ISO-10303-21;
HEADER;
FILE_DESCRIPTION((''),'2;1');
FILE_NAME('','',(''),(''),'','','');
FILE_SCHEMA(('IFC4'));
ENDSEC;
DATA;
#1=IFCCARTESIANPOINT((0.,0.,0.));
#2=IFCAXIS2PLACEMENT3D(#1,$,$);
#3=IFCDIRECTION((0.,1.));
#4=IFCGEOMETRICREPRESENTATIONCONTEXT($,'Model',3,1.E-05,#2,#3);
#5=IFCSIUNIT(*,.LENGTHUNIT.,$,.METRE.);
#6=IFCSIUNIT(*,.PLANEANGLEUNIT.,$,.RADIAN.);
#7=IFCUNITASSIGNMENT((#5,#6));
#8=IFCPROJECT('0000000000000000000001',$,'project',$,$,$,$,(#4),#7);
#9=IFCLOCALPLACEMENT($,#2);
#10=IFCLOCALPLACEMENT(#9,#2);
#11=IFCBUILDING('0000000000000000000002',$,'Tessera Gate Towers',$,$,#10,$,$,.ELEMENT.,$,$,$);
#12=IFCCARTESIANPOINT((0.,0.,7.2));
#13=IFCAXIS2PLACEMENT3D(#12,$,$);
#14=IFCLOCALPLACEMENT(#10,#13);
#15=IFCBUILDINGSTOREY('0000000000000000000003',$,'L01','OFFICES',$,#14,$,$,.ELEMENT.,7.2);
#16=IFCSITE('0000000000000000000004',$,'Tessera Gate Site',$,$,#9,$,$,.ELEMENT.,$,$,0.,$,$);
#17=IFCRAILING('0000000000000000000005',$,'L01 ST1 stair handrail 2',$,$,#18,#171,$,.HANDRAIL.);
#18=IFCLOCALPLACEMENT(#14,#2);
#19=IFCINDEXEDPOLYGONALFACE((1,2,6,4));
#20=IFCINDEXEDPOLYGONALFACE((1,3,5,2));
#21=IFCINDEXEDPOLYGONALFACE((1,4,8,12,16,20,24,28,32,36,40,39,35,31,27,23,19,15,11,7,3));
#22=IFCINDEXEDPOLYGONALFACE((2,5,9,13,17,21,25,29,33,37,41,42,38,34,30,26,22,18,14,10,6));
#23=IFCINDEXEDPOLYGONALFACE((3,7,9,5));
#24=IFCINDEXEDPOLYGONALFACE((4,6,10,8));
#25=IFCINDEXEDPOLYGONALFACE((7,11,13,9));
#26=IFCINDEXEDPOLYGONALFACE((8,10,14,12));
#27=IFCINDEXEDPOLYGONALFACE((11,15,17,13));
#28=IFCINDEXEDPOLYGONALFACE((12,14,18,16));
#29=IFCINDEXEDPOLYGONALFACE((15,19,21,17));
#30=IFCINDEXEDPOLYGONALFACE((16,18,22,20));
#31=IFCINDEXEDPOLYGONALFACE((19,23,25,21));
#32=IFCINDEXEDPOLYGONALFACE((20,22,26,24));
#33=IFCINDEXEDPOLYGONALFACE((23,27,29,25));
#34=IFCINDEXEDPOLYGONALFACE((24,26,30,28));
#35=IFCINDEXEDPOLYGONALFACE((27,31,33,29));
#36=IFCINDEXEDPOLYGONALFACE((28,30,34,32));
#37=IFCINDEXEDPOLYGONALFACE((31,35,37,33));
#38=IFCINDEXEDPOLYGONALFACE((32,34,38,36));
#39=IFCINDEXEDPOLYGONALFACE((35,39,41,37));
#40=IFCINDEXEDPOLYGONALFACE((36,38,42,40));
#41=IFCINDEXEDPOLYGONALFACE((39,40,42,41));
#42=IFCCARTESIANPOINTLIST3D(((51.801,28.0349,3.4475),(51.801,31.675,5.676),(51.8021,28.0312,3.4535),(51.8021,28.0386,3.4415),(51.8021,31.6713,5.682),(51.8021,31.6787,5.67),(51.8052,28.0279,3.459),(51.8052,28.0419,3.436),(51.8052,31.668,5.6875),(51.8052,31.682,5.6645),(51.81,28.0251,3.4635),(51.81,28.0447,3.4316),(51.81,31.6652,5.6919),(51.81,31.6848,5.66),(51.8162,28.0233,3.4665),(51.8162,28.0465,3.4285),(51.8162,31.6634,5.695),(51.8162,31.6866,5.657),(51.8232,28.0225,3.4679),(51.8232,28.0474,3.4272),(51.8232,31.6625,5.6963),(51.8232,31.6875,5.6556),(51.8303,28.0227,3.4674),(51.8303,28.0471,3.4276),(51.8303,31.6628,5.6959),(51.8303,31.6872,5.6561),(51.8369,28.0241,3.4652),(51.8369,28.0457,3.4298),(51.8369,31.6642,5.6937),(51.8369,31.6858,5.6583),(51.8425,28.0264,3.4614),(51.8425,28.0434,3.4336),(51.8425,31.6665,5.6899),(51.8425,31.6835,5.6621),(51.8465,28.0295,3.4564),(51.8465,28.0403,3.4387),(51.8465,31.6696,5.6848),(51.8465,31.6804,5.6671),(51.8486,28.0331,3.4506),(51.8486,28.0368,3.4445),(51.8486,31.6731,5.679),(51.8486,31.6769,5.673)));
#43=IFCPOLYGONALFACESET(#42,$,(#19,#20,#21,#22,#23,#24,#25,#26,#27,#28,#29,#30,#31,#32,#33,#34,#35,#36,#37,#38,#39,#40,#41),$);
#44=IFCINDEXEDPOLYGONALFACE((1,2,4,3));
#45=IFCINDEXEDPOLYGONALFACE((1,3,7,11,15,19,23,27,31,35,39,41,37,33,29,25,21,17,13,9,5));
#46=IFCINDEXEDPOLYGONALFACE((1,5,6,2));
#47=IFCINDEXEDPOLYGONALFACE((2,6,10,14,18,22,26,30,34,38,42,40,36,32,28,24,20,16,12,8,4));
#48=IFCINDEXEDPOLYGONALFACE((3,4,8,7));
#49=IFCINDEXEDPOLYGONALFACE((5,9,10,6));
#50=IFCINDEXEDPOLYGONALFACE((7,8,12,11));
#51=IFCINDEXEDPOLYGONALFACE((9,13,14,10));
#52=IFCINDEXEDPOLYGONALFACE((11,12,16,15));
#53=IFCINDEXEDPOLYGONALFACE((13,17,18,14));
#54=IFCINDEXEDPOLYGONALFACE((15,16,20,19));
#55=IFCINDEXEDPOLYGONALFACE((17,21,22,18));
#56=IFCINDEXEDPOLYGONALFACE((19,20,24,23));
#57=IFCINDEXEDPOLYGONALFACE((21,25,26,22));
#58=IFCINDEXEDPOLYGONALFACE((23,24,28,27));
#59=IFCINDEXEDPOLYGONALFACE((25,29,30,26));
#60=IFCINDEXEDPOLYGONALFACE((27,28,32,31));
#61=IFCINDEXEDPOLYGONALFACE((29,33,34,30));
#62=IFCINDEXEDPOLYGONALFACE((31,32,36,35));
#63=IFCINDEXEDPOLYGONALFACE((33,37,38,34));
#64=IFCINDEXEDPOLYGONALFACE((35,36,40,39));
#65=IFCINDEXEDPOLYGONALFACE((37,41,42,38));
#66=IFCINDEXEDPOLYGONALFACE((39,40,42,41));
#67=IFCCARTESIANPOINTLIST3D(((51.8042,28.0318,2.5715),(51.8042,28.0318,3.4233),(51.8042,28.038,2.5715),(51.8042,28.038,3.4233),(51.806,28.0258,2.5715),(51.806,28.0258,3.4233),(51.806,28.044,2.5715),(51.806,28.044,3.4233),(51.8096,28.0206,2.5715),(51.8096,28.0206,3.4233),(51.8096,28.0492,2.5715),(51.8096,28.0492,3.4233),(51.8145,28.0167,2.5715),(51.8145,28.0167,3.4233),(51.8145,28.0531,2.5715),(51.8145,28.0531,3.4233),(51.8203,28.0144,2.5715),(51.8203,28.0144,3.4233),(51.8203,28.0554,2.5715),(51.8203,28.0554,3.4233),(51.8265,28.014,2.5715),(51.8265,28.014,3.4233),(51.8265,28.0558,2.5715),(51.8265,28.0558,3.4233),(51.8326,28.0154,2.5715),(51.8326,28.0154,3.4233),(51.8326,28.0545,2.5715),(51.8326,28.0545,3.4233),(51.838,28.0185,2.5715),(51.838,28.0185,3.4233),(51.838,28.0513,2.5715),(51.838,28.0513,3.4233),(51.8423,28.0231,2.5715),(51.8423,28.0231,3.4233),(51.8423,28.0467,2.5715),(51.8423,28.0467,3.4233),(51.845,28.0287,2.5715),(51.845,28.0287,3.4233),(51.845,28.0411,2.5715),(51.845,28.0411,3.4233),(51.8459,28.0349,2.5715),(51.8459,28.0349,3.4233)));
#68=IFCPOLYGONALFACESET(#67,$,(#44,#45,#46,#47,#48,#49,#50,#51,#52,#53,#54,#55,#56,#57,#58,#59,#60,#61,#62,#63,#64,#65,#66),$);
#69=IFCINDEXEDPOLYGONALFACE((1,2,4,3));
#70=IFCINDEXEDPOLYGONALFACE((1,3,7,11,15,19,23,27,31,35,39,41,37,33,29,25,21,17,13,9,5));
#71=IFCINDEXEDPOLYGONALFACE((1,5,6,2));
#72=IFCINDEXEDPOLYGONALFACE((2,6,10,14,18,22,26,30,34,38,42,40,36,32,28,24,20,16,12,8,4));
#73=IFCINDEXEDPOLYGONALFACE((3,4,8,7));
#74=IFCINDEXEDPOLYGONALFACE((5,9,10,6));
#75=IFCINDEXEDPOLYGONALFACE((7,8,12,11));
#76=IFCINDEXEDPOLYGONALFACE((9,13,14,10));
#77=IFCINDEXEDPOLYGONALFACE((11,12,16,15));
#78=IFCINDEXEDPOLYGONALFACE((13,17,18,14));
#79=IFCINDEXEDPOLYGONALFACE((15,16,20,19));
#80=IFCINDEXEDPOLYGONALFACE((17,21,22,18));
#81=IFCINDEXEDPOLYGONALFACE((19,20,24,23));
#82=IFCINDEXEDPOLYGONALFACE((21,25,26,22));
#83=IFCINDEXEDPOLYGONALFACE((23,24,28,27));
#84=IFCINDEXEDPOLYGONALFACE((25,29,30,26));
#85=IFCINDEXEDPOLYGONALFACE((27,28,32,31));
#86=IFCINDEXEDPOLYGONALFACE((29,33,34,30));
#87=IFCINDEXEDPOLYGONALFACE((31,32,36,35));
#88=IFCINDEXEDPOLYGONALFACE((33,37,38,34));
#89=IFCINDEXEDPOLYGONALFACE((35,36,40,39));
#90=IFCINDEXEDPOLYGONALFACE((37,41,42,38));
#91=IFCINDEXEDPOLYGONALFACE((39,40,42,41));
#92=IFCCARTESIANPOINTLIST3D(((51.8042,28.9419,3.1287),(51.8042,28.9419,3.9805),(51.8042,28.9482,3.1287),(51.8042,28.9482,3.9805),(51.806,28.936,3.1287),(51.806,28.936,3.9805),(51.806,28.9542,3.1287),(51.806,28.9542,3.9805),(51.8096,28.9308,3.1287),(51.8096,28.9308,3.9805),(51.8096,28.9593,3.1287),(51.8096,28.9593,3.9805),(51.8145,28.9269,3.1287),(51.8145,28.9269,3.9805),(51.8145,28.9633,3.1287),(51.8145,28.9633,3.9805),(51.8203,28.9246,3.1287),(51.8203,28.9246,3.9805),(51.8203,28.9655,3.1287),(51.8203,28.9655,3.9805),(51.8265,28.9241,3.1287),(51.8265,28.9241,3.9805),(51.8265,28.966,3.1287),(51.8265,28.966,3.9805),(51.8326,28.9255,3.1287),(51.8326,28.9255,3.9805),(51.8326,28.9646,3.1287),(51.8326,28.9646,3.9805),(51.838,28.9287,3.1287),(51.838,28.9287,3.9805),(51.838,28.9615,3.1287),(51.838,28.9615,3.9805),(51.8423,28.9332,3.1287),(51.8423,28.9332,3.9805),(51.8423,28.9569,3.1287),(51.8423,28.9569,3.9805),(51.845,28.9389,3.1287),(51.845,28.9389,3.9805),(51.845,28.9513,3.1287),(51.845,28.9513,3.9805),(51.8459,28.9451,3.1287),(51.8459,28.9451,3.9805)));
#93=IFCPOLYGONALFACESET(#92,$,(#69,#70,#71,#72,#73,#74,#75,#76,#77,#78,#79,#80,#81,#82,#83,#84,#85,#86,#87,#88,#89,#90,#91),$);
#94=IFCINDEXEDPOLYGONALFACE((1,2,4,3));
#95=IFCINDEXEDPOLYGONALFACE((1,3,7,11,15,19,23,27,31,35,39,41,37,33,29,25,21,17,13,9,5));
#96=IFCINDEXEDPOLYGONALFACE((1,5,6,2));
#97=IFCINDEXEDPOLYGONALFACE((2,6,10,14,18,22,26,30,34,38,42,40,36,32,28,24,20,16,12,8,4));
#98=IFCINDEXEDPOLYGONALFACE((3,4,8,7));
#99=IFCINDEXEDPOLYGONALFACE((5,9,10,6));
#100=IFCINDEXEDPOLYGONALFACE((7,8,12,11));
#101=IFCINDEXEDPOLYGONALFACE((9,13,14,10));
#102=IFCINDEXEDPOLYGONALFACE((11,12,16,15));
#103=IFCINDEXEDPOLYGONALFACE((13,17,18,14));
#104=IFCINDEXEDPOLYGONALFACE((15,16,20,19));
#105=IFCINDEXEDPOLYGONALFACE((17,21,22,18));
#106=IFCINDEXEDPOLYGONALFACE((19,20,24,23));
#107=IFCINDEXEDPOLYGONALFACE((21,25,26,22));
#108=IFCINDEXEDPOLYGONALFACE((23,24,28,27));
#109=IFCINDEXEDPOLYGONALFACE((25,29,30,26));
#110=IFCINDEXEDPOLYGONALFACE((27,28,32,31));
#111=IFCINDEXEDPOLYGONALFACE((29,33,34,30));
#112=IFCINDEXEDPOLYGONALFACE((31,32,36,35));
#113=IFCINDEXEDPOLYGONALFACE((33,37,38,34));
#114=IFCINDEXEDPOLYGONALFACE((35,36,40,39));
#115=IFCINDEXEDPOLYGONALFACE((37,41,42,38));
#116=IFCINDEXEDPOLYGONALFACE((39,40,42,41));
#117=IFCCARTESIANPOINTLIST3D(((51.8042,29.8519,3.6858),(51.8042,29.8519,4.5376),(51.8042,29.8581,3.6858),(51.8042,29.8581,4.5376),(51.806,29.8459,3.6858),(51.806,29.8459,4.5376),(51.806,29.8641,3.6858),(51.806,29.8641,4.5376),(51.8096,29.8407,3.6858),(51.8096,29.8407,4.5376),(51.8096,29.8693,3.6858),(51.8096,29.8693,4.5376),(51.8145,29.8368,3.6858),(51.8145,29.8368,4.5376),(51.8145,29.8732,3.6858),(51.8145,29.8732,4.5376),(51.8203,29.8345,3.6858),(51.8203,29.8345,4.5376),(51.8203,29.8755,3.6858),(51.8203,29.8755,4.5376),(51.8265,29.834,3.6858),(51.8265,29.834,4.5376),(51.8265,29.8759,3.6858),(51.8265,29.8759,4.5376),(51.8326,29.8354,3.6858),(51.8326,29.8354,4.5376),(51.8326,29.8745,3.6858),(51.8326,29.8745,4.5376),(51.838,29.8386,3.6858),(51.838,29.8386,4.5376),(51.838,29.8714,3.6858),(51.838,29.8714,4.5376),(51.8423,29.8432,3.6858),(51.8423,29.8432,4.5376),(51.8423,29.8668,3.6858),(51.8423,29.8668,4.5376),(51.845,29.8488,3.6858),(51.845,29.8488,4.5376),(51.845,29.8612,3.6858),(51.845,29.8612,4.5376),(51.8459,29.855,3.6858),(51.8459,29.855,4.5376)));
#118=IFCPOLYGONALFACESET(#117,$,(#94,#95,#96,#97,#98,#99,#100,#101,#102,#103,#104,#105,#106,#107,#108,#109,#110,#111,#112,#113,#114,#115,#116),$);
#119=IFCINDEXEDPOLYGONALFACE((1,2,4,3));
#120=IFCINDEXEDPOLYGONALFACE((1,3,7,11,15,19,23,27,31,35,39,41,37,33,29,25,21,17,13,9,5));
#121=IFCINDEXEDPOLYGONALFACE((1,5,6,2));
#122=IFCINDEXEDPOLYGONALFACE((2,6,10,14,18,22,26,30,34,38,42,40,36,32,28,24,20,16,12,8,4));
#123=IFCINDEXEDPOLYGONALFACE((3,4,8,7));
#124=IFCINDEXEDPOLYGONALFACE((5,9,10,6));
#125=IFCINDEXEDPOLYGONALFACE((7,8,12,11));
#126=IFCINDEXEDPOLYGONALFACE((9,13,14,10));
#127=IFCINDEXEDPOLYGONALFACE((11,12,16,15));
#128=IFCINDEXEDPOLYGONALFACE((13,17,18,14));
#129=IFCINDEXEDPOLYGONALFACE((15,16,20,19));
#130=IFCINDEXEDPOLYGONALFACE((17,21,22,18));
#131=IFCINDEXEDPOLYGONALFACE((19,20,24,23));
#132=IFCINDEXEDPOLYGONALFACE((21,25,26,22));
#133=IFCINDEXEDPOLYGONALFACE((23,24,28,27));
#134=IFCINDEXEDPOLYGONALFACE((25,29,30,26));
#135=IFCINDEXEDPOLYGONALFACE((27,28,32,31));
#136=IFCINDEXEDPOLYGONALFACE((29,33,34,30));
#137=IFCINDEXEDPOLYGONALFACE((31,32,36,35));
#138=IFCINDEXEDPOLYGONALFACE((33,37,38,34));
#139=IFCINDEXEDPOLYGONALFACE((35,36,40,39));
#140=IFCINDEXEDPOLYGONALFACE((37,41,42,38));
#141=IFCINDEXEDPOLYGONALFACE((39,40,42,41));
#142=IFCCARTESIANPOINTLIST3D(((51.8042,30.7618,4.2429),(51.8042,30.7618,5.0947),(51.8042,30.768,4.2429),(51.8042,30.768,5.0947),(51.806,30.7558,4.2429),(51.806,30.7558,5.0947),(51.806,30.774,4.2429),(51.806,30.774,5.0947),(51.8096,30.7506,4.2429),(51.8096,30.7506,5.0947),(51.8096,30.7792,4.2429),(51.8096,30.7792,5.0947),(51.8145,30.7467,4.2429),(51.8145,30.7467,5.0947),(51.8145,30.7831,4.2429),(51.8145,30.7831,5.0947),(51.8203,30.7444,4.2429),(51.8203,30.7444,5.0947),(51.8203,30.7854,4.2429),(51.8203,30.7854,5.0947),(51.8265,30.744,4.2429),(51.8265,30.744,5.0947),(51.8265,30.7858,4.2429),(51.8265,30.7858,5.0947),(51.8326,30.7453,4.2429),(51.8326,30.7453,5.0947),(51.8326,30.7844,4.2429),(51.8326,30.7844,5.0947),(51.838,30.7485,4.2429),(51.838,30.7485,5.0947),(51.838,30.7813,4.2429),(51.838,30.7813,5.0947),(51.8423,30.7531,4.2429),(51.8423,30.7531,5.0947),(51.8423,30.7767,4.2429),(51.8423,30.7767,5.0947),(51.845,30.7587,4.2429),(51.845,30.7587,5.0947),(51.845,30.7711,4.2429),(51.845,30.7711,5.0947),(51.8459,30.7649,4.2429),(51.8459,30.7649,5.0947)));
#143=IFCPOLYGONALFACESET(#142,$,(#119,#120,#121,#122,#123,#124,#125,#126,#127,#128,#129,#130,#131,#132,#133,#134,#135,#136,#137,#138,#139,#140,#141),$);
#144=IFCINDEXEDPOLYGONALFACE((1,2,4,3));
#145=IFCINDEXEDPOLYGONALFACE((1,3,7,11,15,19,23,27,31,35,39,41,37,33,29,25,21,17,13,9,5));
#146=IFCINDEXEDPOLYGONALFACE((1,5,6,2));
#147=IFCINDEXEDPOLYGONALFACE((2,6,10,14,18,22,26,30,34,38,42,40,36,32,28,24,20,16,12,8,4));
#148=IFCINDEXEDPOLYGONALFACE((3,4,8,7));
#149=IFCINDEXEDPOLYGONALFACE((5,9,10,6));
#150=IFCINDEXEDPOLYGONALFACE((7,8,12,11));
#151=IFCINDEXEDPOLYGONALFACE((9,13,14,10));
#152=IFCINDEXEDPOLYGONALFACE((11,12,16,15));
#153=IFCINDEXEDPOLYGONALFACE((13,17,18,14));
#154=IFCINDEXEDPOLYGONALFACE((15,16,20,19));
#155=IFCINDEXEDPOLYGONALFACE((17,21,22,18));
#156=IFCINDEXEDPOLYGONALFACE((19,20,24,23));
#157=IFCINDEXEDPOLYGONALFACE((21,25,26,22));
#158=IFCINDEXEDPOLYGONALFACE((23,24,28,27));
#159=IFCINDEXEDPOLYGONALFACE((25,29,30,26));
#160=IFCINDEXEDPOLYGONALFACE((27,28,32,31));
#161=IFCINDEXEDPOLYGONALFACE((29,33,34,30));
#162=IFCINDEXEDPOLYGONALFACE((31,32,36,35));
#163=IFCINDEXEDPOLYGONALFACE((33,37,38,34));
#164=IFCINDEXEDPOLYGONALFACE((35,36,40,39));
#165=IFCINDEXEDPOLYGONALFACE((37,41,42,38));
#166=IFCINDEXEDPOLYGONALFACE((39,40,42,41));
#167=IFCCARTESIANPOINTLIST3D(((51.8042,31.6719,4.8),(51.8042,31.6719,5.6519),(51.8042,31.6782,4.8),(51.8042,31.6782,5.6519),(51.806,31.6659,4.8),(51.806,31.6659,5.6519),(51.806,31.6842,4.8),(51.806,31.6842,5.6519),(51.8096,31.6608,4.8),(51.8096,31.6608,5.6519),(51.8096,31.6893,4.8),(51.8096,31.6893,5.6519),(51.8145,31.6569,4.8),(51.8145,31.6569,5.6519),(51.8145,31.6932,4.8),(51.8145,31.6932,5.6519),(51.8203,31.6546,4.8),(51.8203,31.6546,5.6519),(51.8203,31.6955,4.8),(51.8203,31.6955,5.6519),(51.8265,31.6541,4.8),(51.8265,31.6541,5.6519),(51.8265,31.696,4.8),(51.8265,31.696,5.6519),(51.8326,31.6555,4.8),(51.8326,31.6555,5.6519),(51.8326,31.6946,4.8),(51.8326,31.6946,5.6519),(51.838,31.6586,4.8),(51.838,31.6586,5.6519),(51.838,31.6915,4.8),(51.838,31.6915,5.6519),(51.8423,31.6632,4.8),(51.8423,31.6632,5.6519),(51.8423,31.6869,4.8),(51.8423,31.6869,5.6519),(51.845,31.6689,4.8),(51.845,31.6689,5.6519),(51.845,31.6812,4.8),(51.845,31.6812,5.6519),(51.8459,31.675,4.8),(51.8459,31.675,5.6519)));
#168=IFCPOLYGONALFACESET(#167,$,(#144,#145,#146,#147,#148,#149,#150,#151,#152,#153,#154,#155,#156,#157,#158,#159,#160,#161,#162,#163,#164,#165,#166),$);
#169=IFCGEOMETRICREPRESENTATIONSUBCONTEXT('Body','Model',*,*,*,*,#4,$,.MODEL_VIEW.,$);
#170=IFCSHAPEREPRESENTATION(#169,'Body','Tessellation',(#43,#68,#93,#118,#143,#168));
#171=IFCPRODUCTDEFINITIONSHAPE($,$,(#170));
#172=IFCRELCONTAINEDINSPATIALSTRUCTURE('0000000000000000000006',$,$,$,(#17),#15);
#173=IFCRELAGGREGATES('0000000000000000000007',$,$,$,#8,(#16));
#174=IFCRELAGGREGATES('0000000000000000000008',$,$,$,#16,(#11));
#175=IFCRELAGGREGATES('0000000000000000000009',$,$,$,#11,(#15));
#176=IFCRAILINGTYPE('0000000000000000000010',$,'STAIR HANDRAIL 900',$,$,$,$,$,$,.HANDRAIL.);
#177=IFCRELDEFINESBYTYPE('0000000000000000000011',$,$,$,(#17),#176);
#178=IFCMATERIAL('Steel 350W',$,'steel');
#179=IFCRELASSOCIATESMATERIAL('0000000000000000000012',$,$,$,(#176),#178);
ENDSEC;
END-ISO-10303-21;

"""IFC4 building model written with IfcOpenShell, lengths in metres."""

from ifc_helpers import new_model, si_unit, direction, frame, origin, origin_2d, place, context, subcontext, project, spatial, circle, extrude, material, type_object, element, save


model = new_model("IFC4")

# Units and contexts
model_context = context("Model", 3, precision=1e-05, world=origin(), true_north=direction((0.0, 1.0)))
body_context = subcontext(model_context, "Body", "Model", "MODEL_VIEW")
ifc_project = project(units=[si_unit("LENGTHUNIT", "METRE"), si_unit("PLANEANGLEUNIT", "RADIAN")], contexts=[model_context])

# Site, building, storey
site_placement = place(None, origin())
site = spatial("IfcSite", under=ifc_project, at=site_placement, Name="Tessera Gate Site", CompositionType="ELEMENT", RefElevation=0.0)
building_placement = place(site_placement, origin())
building = spatial("IfcBuilding", under=site, at=building_placement, Name="Tessera Gate Towers", CompositionType="ELEMENT")
storey_placement = place(building_placement, frame((0.0, 0.0, 7.2)))
storey = spatial("IfcBuildingStorey", under=building, at=storey_placement, Name="L01", Description="OFFICES", CompositionType="ELEMENT", Elevation=7.2)

# Railing
ifc_material_1 = material(Name="Steel 350W", Category="steel")
railing_type_1 = type_object("IfcRailingType", Name="STAIR HANDRAIL 900", PredefinedType="HANDRAIL", material=ifc_material_1)
railing_1_placement = place(storey_placement, frame((51.825, 28.0349, 2.5715)))
element("IfcRailing", 1, at=railing_1_placement, inside=storey, type_object=railing_type_1, Name="L01 ST1 stair handrail 2", PredefinedType="HANDRAIL", context=body_context, shape_type="SweptSolid", body=[
    extrude(circle(Radius=0.0239, at=origin_2d()), frame((0.0, 0.0, 0.876), z_axis=(0.0, 0.852866, 0.52213), x_axis=(-1.0, 0.0, 0.0)), (0.0, 0.0, 1.0), 4.2681),
    extrude(circle(Radius=0.021, at=origin_2d()), origin(), (0.0, 0.0, 1.0), 0.8518),
    extrude(circle(Radius=0.021, at=origin_2d()), frame((0.0, 0.9102, 0.5571)), (0.0, 0.0, 1.0), 0.8518),
    extrude(circle(Radius=0.021, at=origin_2d()), frame((0.0, 1.8201, 1.1143)), (0.0, 0.0, 1.0), 0.8518),
    extrude(circle(Radius=0.021, at=origin_2d()), frame((0.0, 2.73, 1.6714)), (0.0, 0.0, 1.0), 0.8518),
    extrude(circle(Radius=0.021, at=origin_2d()), frame((0.0, 3.6401, 2.2285)), (0.0, 0.0, 1.0), 0.8518),
])

save(model, "model.ifc")
